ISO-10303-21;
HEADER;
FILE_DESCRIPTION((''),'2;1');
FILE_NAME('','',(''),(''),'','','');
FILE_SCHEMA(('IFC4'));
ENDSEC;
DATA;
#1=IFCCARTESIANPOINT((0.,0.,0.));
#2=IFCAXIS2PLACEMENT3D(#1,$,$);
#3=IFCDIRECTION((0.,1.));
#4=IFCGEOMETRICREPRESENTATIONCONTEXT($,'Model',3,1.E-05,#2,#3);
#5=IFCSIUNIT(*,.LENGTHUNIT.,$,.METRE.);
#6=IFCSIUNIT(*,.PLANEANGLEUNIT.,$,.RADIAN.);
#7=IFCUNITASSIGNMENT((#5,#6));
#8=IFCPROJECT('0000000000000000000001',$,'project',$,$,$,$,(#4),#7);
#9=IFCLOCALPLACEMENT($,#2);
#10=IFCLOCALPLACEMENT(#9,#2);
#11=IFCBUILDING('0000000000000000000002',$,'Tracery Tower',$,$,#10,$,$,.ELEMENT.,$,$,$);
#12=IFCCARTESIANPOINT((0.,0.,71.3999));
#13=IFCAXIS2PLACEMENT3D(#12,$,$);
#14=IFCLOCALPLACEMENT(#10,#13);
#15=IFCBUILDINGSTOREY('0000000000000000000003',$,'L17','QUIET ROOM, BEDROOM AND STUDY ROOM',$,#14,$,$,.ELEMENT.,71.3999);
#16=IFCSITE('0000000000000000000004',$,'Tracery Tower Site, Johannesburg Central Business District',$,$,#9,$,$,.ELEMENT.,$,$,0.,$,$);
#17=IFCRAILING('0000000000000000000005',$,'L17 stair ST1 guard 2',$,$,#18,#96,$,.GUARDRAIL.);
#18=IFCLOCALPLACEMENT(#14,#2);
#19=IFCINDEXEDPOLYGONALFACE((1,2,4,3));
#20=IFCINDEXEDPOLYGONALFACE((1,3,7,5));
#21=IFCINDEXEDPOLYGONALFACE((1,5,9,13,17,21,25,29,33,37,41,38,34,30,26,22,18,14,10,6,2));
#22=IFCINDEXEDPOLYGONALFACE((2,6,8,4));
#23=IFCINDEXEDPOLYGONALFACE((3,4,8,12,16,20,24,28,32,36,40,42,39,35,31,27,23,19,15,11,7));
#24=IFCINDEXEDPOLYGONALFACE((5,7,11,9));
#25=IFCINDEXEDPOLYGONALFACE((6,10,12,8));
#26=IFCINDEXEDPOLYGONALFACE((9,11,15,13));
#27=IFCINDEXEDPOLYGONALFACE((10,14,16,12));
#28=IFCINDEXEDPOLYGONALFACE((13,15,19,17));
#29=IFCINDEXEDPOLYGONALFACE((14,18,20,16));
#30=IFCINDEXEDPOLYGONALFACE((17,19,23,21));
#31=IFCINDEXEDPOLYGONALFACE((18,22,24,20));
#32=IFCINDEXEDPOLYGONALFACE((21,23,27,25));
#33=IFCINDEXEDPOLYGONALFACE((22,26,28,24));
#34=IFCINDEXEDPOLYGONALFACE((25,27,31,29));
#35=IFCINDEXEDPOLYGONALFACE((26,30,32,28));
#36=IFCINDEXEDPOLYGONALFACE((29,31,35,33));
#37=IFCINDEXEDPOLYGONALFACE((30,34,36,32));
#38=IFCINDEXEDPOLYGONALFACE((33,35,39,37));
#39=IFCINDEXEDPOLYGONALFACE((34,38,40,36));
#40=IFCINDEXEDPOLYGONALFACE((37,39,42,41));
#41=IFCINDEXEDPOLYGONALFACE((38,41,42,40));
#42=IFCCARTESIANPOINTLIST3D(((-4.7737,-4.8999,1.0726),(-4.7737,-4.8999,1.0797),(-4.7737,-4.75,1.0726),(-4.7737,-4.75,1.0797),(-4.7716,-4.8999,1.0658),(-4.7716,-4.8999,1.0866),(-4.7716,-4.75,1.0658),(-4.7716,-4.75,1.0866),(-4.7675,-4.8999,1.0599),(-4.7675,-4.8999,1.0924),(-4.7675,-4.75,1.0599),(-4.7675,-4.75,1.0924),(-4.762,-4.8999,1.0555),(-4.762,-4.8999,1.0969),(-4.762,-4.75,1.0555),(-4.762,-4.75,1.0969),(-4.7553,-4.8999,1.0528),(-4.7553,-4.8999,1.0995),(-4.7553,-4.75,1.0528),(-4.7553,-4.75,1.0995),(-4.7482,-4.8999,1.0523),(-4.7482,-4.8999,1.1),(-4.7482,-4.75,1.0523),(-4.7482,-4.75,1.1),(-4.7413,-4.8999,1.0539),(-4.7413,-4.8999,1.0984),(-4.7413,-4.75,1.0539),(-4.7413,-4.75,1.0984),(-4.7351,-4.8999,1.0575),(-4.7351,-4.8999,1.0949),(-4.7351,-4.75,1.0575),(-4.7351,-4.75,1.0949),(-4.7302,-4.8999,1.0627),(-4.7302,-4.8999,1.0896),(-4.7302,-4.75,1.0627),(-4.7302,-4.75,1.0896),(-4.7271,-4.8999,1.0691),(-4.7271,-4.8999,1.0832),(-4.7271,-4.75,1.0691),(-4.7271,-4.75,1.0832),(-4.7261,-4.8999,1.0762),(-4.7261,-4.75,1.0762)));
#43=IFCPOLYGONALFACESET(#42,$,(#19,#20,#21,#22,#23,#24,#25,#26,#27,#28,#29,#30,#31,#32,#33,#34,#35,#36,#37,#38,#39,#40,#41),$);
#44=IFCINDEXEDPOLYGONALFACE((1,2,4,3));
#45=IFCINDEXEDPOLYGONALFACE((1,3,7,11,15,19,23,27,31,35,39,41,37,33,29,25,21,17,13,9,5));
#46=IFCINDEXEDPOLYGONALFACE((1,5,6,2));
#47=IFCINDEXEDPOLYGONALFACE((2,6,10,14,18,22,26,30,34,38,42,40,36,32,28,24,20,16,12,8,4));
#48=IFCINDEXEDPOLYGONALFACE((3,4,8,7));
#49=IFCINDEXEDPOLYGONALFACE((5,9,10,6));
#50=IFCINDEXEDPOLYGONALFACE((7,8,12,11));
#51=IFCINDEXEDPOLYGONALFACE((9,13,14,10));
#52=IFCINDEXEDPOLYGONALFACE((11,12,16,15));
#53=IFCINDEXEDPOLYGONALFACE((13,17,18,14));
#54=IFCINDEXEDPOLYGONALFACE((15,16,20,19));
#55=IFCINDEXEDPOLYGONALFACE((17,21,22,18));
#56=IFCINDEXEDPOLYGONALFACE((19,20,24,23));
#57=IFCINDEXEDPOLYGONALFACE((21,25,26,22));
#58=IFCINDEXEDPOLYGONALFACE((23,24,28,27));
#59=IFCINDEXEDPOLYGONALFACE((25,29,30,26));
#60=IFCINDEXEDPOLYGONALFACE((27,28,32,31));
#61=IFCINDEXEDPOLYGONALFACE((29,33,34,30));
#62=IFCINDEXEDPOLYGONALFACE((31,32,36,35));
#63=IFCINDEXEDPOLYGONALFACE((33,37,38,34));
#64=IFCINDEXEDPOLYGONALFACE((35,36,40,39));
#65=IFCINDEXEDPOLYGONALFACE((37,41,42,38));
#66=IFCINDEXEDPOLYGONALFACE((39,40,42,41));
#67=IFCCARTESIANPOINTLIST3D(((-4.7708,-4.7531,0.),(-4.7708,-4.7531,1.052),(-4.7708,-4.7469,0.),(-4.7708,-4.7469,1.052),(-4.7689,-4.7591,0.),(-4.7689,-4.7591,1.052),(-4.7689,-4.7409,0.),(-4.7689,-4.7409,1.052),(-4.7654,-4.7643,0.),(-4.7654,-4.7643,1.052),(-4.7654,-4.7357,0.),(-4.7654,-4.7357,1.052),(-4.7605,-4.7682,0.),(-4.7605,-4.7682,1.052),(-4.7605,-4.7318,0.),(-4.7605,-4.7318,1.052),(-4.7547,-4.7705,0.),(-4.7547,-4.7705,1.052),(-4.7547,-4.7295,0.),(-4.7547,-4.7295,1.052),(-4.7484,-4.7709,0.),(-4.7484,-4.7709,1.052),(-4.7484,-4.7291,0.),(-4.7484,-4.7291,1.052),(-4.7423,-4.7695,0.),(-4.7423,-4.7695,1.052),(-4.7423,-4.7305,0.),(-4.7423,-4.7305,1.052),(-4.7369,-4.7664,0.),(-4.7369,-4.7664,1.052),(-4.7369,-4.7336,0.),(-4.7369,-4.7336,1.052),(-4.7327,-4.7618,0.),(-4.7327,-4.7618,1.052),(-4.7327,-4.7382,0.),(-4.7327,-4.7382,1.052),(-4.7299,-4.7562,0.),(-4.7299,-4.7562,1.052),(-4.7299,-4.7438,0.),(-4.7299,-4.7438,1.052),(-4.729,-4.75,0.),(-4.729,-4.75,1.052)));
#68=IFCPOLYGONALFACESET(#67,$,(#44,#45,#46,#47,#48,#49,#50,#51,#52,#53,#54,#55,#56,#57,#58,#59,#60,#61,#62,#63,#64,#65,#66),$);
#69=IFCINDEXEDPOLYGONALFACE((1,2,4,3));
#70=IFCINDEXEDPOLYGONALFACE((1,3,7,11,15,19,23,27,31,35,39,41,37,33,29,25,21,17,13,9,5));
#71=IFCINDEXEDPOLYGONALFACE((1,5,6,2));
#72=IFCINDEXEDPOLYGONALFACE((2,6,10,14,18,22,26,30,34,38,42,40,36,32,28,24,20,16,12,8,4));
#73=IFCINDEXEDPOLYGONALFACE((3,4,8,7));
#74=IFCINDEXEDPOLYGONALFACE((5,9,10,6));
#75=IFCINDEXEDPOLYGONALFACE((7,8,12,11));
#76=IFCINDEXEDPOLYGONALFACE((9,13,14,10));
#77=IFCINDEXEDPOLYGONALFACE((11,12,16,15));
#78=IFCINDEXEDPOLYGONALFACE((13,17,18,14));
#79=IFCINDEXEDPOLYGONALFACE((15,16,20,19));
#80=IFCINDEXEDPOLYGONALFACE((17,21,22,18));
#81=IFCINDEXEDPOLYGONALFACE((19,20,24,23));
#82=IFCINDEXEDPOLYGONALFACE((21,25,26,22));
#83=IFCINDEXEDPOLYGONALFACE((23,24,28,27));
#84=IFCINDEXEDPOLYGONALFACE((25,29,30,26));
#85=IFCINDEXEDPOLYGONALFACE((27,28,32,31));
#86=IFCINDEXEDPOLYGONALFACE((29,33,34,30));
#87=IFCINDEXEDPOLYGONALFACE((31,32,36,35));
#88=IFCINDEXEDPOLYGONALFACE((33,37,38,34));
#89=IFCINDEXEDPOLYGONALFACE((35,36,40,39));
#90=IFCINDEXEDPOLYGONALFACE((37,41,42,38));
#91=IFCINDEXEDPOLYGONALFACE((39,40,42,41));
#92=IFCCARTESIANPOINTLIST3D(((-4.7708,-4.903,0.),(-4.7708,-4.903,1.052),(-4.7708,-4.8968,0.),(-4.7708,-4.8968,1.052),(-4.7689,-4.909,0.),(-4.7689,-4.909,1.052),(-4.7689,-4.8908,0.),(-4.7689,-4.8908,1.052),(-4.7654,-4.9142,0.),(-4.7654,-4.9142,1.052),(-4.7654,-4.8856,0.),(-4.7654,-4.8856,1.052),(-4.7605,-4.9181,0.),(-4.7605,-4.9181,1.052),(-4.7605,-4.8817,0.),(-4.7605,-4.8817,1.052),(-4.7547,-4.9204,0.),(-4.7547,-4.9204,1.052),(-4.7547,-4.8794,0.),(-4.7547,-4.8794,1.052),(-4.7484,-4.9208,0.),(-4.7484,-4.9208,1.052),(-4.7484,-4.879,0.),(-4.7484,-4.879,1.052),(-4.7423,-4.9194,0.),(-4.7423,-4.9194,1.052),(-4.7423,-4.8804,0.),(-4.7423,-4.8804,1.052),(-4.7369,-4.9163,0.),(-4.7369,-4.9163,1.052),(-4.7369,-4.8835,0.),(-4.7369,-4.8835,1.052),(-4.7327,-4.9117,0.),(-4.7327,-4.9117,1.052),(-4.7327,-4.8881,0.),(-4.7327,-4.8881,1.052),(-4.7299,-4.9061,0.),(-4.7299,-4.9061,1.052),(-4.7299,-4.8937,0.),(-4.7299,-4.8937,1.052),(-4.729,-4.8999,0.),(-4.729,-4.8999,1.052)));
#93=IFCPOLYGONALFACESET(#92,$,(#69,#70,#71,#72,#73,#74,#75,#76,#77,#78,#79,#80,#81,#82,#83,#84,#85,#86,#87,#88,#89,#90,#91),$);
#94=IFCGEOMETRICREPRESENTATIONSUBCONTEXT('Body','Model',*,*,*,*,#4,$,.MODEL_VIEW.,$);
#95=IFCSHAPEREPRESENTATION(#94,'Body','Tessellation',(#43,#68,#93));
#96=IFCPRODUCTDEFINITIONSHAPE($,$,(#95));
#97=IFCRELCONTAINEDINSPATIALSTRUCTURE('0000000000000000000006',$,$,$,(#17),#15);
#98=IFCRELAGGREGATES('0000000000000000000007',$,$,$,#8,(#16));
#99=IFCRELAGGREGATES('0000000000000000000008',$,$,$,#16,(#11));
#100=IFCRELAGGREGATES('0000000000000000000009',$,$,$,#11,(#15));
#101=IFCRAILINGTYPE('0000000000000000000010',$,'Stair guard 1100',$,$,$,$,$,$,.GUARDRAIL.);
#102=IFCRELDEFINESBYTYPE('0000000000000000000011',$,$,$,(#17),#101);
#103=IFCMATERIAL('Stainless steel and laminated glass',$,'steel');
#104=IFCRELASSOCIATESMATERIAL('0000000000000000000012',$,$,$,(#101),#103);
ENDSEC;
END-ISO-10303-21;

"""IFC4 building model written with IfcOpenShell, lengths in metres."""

from ifc_helpers import new_model, si_unit, direction, frame, origin, origin_2d, place, context, subcontext, project, spatial, circle, extrude, material, type_object, element, save


model = new_model("IFC4")

# Units and contexts
model_context = context("Model", 3, precision=1e-05, world=origin(), true_north=direction((0.0, 1.0)))
body_context = subcontext(model_context, "Body", "Model", "MODEL_VIEW")
ifc_project = project(units=[si_unit("LENGTHUNIT", "METRE"), si_unit("PLANEANGLEUNIT", "RADIAN")], contexts=[model_context])

# Site, building, storey
site_placement = place(None, origin())
site = spatial("IfcSite", under=ifc_project, at=site_placement, Name="Tracery Tower Site, Johannesburg Central Business District", CompositionType="ELEMENT", RefElevation=0.0)
building_placement = place(site_placement, origin())
building = spatial("IfcBuilding", under=site, at=building_placement, Name="Tracery Tower", CompositionType="ELEMENT")
storey_placement = place(building_placement, frame((0.0, 0.0, 71.3999)))
storey = spatial("IfcBuildingStorey", under=building, at=storey_placement, Name="L17", Description="QUIET ROOM, BEDROOM AND STUDY ROOM", CompositionType="ELEMENT", Elevation=71.3999)

# Railing
ifc_material_1 = material(Name="Stainless steel and laminated glass", Category="steel")
railing_type_1 = type_object("IfcRailingType", Name="Stair guard 1100", PredefinedType="GUARDRAIL", material=ifc_material_1)
railing_1_placement = place(storey_placement, frame((-4.75, -4.75, 0.0)))
element("IfcRailing", 1, at=railing_1_placement, inside=storey, type_object=railing_type_1, Name="L17 stair ST1 guard 2", PredefinedType="GUARDRAIL", context=body_context, shape_type="SweptSolid", body=[
    extrude(circle(Radius=0.0239, at=origin_2d()), frame((0.0, 0.0, 1.0762), z_axis=(0.0, -1.0, 0.0), x_axis=(1.0, 0.0, 0.0)), (0.0, 0.0, 1.0), 0.1499),
    extrude(circle(Radius=0.021, at=origin_2d()), origin(), (0.0, 0.0, 1.0), 1.052),
    extrude(circle(Radius=0.021, at=origin_2d()), frame((0.0, -0.1499, 0.0)), (0.0, 0.0, 1.0), 1.052),
])

save(model, "model.ifc")
